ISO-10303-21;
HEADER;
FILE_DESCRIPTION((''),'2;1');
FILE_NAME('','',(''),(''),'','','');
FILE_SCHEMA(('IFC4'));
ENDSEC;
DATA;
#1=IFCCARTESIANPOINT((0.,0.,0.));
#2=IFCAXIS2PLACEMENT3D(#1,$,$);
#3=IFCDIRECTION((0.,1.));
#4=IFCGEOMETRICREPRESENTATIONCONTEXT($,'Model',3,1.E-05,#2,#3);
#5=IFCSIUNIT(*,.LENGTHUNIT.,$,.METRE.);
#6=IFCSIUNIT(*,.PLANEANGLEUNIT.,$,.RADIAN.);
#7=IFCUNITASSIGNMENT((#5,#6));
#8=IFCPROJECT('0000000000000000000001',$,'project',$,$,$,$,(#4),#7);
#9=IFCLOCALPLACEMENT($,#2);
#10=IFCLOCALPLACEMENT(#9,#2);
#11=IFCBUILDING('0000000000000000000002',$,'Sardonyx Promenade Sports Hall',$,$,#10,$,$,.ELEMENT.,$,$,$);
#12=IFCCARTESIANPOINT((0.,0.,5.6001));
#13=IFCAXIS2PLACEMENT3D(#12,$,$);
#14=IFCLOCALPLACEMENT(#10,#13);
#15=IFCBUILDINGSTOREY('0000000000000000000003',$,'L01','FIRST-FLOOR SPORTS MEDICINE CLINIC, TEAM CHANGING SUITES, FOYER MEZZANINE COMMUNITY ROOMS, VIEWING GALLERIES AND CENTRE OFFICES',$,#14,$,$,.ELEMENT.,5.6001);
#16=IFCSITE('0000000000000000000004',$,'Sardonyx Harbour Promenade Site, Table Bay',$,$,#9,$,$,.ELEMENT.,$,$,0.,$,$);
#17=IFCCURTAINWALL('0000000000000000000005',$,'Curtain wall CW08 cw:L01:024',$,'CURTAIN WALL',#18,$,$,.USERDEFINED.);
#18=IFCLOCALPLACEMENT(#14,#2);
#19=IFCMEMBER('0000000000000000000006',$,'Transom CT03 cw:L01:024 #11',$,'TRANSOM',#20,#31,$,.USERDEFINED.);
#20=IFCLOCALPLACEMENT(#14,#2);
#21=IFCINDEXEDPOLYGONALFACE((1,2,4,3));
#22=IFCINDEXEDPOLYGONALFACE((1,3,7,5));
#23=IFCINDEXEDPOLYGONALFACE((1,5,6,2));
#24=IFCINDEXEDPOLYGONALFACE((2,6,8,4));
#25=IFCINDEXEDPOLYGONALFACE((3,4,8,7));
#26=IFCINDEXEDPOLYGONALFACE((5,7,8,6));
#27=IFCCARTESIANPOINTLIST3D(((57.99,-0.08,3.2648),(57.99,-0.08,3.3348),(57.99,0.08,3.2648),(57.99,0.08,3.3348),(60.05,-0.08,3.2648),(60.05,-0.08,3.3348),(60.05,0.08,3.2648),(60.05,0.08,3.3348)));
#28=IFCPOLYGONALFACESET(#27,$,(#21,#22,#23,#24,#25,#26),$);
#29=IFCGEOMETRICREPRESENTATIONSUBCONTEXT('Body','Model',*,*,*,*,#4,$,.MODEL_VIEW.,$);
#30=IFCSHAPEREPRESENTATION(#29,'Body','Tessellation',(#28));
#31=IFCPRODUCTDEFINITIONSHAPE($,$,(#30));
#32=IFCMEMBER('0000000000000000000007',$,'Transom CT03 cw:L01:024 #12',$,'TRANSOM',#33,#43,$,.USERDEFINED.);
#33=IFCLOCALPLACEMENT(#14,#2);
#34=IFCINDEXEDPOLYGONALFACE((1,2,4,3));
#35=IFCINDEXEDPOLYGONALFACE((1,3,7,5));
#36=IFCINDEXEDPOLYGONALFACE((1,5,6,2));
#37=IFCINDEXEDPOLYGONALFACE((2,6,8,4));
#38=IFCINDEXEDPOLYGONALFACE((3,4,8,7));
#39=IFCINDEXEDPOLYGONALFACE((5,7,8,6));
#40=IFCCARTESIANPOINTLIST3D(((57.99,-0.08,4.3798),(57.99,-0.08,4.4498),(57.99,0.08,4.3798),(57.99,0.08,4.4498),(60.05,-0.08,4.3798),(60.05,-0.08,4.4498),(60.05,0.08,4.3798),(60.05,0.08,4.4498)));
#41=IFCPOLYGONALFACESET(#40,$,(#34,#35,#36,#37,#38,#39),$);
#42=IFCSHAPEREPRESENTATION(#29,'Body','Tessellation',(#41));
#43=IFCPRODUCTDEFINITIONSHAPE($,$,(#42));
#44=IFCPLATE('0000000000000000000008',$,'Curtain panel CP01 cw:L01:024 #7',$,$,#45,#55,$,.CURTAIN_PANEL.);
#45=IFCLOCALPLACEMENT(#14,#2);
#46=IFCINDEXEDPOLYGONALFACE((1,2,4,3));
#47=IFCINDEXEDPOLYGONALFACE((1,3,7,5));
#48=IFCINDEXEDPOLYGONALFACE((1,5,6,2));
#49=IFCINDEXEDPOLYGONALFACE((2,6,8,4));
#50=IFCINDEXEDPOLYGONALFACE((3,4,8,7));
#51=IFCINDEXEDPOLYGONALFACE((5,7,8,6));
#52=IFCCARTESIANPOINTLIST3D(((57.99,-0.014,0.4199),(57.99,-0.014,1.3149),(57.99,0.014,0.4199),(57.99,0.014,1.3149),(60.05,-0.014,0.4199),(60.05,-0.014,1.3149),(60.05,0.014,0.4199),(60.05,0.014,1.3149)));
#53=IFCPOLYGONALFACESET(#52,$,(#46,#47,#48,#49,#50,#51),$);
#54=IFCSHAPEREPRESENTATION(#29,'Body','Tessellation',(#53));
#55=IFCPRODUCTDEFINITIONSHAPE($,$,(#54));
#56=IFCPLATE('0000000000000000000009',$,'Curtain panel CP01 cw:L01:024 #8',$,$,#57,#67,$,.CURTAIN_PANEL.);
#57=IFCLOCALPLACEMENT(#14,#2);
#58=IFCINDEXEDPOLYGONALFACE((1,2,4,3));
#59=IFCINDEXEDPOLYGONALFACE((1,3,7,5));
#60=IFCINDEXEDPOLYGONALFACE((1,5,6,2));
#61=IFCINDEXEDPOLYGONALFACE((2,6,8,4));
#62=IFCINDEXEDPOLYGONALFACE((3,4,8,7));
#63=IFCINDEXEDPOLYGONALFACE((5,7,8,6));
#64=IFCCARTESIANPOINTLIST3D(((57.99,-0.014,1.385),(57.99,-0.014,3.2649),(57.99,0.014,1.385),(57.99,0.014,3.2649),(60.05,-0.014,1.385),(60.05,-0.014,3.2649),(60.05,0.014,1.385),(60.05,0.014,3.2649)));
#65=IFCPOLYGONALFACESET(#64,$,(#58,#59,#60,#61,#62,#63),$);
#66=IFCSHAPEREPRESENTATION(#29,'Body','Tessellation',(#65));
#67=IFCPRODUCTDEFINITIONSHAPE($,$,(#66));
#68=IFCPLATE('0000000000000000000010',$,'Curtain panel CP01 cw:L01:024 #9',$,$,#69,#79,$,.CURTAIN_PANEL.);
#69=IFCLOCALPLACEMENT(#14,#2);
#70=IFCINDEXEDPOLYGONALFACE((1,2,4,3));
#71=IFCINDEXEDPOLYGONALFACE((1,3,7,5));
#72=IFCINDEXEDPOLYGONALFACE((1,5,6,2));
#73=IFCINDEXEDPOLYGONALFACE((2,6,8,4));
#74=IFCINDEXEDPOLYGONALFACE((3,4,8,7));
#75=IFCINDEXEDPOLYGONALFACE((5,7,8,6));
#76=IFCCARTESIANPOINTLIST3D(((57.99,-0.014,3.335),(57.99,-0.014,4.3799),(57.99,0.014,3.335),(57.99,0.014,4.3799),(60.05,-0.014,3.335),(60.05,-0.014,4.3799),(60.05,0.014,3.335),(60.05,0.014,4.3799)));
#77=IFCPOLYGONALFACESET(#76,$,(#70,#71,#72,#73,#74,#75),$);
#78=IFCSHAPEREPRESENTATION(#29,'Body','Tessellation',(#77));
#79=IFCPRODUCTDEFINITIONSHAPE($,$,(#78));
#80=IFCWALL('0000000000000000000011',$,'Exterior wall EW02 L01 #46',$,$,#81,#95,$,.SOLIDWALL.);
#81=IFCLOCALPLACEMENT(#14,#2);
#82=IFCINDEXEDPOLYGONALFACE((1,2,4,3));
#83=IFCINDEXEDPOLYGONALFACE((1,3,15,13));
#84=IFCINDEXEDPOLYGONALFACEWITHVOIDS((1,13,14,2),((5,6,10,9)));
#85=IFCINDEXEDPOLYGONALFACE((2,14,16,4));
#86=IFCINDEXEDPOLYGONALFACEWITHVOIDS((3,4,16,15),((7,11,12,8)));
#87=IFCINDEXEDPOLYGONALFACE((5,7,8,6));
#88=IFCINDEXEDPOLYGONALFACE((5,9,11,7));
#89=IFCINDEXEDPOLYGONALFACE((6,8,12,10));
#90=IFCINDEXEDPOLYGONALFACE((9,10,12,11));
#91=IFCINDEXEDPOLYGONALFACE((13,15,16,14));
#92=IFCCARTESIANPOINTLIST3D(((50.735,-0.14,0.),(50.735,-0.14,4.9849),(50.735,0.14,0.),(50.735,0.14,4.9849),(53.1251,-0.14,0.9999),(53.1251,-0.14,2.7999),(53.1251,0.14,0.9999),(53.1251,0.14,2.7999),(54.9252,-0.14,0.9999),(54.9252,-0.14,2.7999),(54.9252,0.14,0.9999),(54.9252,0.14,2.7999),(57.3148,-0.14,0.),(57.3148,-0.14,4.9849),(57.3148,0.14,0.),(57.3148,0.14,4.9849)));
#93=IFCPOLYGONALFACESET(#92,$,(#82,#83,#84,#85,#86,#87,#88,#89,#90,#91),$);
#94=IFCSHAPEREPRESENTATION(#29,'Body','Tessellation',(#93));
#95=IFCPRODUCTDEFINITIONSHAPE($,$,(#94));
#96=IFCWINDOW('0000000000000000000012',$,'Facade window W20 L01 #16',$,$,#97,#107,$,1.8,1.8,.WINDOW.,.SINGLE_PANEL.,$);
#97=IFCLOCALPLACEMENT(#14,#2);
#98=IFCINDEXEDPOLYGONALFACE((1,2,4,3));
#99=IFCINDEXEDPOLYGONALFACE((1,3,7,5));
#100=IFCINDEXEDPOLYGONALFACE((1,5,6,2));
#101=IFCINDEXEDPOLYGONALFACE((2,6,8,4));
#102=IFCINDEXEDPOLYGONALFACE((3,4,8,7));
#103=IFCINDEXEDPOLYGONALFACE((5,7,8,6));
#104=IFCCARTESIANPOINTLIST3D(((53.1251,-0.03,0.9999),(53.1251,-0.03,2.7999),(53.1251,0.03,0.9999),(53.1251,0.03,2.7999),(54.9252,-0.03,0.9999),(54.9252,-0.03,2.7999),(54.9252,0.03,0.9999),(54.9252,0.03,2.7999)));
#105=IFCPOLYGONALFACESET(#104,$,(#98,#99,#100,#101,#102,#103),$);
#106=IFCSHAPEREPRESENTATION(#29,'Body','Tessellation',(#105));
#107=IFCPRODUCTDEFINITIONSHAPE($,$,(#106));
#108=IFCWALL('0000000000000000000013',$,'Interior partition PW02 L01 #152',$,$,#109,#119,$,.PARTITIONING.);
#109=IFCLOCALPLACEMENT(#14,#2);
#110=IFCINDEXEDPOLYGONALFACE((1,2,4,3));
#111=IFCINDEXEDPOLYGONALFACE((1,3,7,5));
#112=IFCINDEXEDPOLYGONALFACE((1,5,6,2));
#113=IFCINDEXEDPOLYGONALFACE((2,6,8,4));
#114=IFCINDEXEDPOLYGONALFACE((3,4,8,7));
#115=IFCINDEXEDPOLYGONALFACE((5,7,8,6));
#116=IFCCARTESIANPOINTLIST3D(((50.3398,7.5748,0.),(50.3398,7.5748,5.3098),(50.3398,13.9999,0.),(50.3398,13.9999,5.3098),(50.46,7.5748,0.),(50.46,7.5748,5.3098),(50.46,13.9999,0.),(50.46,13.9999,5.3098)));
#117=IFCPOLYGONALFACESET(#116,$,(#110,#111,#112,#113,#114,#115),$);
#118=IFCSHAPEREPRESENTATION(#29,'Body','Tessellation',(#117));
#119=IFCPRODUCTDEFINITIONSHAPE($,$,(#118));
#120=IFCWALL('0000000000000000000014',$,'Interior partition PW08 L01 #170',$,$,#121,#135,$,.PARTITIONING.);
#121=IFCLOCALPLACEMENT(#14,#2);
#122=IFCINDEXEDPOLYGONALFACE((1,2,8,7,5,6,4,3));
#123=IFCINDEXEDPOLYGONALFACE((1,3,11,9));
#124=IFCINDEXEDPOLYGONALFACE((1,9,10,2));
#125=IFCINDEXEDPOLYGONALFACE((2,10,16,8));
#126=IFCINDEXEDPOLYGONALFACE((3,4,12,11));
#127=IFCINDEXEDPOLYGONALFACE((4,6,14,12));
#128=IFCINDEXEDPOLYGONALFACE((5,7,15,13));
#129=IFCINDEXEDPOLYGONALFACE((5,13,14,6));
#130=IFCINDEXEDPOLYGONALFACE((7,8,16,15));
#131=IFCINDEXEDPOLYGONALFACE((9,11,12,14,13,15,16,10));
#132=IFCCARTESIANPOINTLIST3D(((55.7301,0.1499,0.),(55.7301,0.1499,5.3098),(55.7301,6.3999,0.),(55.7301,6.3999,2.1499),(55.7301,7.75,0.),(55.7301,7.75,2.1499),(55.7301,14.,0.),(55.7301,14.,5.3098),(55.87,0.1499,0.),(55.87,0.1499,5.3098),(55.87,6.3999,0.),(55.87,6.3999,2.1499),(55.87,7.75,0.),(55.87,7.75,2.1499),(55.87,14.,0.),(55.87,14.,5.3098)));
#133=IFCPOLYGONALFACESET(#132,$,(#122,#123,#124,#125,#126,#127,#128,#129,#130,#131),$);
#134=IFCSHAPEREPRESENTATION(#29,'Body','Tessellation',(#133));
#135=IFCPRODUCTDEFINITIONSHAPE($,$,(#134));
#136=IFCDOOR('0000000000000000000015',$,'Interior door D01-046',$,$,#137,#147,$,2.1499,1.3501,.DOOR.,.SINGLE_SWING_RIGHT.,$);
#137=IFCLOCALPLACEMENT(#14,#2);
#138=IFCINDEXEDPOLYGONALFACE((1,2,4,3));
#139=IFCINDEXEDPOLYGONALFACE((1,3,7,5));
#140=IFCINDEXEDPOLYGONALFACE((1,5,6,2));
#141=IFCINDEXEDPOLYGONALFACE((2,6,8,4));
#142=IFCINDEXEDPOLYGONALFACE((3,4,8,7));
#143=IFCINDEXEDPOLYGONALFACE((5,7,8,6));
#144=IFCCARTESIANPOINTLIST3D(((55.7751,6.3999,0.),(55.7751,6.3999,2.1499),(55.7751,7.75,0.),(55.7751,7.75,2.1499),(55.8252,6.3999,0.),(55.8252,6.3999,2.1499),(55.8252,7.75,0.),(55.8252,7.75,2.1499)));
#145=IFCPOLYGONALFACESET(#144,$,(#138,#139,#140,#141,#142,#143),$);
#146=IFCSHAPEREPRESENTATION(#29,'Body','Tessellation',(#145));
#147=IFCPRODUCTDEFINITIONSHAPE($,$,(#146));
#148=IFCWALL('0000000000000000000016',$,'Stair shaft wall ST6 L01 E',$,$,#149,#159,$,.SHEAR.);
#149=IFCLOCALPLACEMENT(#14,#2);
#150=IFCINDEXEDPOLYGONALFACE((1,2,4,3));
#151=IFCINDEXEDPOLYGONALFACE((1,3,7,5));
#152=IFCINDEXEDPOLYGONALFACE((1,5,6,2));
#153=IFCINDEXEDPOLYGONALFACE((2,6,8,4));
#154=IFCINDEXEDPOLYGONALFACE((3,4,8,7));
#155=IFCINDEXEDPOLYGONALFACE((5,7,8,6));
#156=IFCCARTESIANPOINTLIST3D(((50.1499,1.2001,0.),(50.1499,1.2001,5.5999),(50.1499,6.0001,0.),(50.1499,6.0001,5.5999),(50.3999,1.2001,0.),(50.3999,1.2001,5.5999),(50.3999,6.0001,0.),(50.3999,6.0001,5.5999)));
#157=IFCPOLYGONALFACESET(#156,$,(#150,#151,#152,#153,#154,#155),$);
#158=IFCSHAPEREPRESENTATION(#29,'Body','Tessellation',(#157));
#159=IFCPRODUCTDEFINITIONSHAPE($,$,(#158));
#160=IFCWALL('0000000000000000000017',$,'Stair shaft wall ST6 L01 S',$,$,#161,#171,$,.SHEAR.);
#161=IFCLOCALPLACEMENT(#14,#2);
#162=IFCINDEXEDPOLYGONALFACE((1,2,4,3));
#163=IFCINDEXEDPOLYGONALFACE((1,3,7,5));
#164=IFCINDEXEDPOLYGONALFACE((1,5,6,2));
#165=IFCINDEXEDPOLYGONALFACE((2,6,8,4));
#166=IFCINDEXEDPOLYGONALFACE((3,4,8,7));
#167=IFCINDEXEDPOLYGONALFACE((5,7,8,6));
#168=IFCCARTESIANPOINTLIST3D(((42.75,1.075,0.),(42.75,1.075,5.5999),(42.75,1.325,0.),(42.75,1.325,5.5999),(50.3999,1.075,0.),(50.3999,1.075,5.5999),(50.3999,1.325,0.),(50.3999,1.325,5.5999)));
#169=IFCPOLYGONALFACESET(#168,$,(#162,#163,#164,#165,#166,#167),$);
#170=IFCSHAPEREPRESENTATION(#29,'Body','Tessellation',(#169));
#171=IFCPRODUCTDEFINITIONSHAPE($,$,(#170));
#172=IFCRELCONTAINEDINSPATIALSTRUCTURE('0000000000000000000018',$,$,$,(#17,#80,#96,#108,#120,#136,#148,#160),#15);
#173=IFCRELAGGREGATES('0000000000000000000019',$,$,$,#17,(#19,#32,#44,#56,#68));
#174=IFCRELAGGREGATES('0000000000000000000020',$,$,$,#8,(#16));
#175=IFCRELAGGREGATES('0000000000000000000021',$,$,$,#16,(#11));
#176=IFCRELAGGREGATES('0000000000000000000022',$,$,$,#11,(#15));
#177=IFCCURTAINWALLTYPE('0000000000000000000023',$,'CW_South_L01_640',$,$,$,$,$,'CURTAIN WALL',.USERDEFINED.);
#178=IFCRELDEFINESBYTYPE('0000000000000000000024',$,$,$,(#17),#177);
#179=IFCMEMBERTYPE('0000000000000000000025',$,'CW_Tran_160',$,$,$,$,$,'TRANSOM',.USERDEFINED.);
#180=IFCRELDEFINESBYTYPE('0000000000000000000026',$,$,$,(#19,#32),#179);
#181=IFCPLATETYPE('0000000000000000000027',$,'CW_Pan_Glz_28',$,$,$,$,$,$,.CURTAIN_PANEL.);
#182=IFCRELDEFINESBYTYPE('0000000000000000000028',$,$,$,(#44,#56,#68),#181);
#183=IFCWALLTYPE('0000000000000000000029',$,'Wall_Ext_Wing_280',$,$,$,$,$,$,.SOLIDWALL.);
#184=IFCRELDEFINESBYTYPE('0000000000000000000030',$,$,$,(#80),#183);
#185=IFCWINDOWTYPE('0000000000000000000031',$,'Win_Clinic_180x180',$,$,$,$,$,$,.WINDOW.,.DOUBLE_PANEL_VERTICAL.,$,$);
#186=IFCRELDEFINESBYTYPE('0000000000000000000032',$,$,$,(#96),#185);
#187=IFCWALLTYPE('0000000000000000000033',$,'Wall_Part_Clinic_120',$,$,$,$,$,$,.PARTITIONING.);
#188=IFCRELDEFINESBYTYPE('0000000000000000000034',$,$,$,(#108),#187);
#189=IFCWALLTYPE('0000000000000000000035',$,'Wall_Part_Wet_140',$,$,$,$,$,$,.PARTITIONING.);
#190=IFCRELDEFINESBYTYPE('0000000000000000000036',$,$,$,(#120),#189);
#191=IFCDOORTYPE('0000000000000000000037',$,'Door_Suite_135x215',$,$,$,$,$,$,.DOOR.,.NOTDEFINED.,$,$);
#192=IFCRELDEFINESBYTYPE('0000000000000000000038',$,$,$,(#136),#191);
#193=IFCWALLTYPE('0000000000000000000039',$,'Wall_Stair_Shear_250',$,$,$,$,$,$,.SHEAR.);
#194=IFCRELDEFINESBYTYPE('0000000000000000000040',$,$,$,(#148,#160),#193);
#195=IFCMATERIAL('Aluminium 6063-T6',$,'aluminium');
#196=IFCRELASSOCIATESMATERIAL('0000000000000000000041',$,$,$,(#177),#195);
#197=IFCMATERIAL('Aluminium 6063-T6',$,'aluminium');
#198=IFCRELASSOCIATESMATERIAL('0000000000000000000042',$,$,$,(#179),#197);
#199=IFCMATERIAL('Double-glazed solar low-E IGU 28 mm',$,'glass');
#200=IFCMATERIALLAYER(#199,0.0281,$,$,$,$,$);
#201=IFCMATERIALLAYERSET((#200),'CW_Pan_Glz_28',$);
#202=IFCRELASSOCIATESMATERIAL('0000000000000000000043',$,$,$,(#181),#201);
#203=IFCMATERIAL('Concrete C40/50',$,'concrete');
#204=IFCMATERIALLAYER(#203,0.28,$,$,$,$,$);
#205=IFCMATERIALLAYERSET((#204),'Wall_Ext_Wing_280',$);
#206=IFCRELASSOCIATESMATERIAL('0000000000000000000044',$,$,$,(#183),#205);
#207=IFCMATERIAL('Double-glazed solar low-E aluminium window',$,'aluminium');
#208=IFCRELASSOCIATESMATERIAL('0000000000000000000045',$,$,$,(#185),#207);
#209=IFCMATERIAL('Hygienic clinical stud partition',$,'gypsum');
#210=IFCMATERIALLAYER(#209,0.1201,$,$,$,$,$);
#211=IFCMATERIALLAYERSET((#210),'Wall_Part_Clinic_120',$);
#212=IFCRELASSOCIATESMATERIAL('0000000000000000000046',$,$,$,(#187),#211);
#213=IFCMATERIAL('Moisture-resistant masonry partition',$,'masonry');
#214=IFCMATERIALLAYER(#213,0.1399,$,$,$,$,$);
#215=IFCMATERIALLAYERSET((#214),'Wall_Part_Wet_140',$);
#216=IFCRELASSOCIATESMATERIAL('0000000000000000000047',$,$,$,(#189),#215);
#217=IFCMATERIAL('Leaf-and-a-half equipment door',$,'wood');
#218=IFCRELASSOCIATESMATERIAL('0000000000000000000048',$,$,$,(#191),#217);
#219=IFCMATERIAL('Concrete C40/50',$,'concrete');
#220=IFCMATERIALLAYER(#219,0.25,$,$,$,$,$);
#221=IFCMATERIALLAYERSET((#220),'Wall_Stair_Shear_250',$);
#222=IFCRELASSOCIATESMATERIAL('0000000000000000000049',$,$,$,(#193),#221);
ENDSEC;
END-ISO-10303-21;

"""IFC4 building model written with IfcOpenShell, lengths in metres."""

from ifc_helpers import new_model, si_unit, direction, frame, frame_2d, origin, origin_2d, place, context, subcontext, project, spatial, rectangle, extrude, material, layer, layer_set, material_profile, profile_set, type_object, element, fill, aggregate, save


model = new_model("IFC4")

# Units and contexts
model_context = context("Model", 3, precision=1e-05, world=origin(), true_north=direction((0.0, 1.0)))
body_context = subcontext(model_context, "Body", "Model", "MODEL_VIEW")
ifc_project = project(units=[si_unit("LENGTHUNIT", "METRE"), si_unit("PLANEANGLEUNIT", "RADIAN")], contexts=[model_context])

# Site, building, storey
site_placement = place(None, origin())
site = spatial("IfcSite", under=ifc_project, at=site_placement, Name="Sardonyx Harbour Promenade Site, Table Bay", CompositionType="ELEMENT", RefElevation=0.0)
building_placement = place(site_placement, origin())
building = spatial("IfcBuilding", under=site, at=building_placement, Name="Sardonyx Promenade Sports Hall", CompositionType="ELEMENT")
storey_placement = place(building_placement, frame((0.0, 0.0, 5.6001)))
storey = spatial("IfcBuildingStorey", under=building, at=storey_placement, Name="L01", Description="FIRST-FLOOR SPORTS MEDICINE CLINIC, TEAM CHANGING SUITES, FOYER MEZZANINE COMMUNITY ROOMS, VIEWING GALLERIES AND CENTRE OFFICES", CompositionType="ELEMENT", Elevation=5.6001)

# Curtain wall, members, plates
ifc_material_1 = material(Name="Aluminium 6063-T6", Category="aluminium")
curtain_wall_type = type_object("IfcCurtainWallType", Name="CW_South_L01_640", ElementType="CURTAIN WALL", PredefinedType="USERDEFINED", material=ifc_material_1)
curtain_wall_placement = place(storey_placement, origin())
curtain_wall = element("IfcCurtainWall", 1, at=curtain_wall_placement, inside=storey, type_object=curtain_wall_type, Name="Curtain wall CW08 cw:L01:024", ObjectType="CURTAIN WALL", PredefinedType="USERDEFINED")
ifc_material_2 = material(Name="Aluminium 6063-T6", Category="aluminium")
ifc_material_profile_1 = material_profile(ifc_material_2, rectangle(XDim=0.0701, YDim=0.1599, at=origin_2d()))
ifc_profile_set_1 = profile_set([ifc_material_profile_1], Name="Aluminium 6063-T6")
member_type_1 = type_object("IfcMemberType", Name="CW_Tran_160", ElementType="TRANSOM", PredefinedType="USERDEFINED", material=ifc_profile_set_1)
member_1_placement = place(storey_placement, frame((60.05, 0.0, 3.2998), z_axis=(-1.0, 0.0, 0.0), x_axis=(0.0, 0.0, 1.0)))
member_1 = element("IfcMember", 2, at=member_1_placement, type_object=member_type_1, Name="Transom CT03 cw:L01:024 #11", ObjectType="TRANSOM", PredefinedType="USERDEFINED", context=body_context, shape_type="SweptSolid", body=[
    extrude(rectangle(XDim=0.0701, YDim=0.1599, at=origin_2d()), origin(), (0.0, 0.0, 1.0), 2.0601),
])
member_2_placement = place(storey_placement, frame((60.05, 0.0, 4.4148), z_axis=(-1.0, 0.0, 0.0), x_axis=(0.0, 0.0, 1.0)))
member_2 = element("IfcMember", 3, at=member_2_placement, type_object=member_type_1, Name="Transom CT03 cw:L01:024 #12", ObjectType="TRANSOM", PredefinedType="USERDEFINED", context=body_context, shape_type="SweptSolid", body=[
    extrude(rectangle(XDim=0.0701, YDim=0.1599, at=origin_2d()), origin(), (0.0, 0.0, 1.0), 2.0601),
])
ifc_material_3 = material(Name="Double-glazed solar low-E IGU 28 mm", Category="glass")
ifc_layer_1 = layer(ifc_material_3, 0.0281)
ifc_layer_set_1 = layer_set([ifc_layer_1], Name="CW_Pan_Glz_28")
plate_type = type_object("IfcPlateType", Name="CW_Pan_Glz_28", PredefinedType="CURTAIN_PANEL", material=ifc_layer_set_1)
plate_1_placement = place(storey_placement, frame((59.02, 0.0, 0.4199), z_axis=(0.0, 0.0, 1.0), x_axis=(-1.0, 0.0, 0.0)))
plate_1 = element("IfcPlate", 4, at=plate_1_placement, type_object=plate_type, Name="Curtain panel CP01 cw:L01:024 #7", PredefinedType="CURTAIN_PANEL", context=body_context, shape_type="SweptSolid", body=[
    extrude(rectangle(XDim=2.0601, YDim=0.0281, at=origin_2d()), origin(), (0.0, 0.0, 1.0), 0.895),
])
plate_2_placement = place(storey_placement, frame((59.02, 0.0, 1.385), z_axis=(0.0, 0.0, 1.0), x_axis=(-1.0, 0.0, 0.0)))
plate_2 = element("IfcPlate", 5, at=plate_2_placement, type_object=plate_type, Name="Curtain panel CP01 cw:L01:024 #8", PredefinedType="CURTAIN_PANEL", context=body_context, shape_type="SweptSolid", body=[
    extrude(rectangle(XDim=2.0601, YDim=0.0281, at=origin_2d()), origin(), (0.0, 0.0, 1.0), 1.8799),
])
plate_3_placement = place(storey_placement, frame((59.02, 0.0, 3.335), z_axis=(0.0, 0.0, 1.0), x_axis=(-1.0, 0.0, 0.0)))
plate_3 = element("IfcPlate", 6, at=plate_3_placement, type_object=plate_type, Name="Curtain panel CP01 cw:L01:024 #9", PredefinedType="CURTAIN_PANEL", context=body_context, shape_type="SweptSolid", body=[
    extrude(rectangle(XDim=2.0601, YDim=0.0281, at=origin_2d()), origin(), (0.0, 0.0, 1.0), 1.0449),
])
aggregate(curtain_wall, [member_1, member_2, plate_1, plate_2, plate_3])

# Wall, opening, window
ifc_material_4 = material(Name="Concrete C40/50", Category="concrete")
ifc_layer_2 = layer(ifc_material_4, 0.28)
ifc_layer_set_2 = layer_set([ifc_layer_2], Name="Wall_Ext_Wing_280")
wall_type_1 = type_object("IfcWallType", Name="Wall_Ext_Wing_280", PredefinedType="SOLIDWALL", material=ifc_layer_set_2)
wall_1_placement = place(storey_placement, frame((57.3149, 0.0, 0.0), z_axis=(0.0, 0.0, 1.0), x_axis=(-1.0, 0.0, 0.0)))
wall_1 = element("IfcWall", 7, at=wall_1_placement, inside=storey, type_object=wall_type_1, Name="Exterior wall EW02 L01 #46", PredefinedType="SOLIDWALL", context=body_context, shape_type="SweptSolid", body=[
    extrude(rectangle(XDim=6.5798, YDim=0.28, at=frame_2d((3.29, 0.0))), origin(), (0.0, 0.0, 1.0), 4.9849),
])
opening_1_placement = place(wall_1_placement, frame((2.3899, 0.0, 1.0)))
opening_1 = element("IfcOpeningElement", 8, at=opening_1_placement, cuts=wall_1, PredefinedType="OPENING", context=body_context, shape_type="SweptSolid", body=[
    extrude(rectangle(XDim=1.8, YDim=1.8, at=frame_2d((0.8999, 0.8999))), frame((0.0, 0.15, 0.0), z_axis=(0.0, -1.0, 0.0), x_axis=(1.0, 0.0, 0.0)), (0.0, 0.0, 1.0), 0.3),
])
ifc_material_5 = material(Name="Double-glazed solar low-E aluminium window", Category="aluminium")
window_type = type_object("IfcWindowType", Name="Win_Clinic_180x180", PartitioningType="DOUBLE_PANEL_VERTICAL", PredefinedType="WINDOW", material=ifc_material_5)
window_placement = place(opening_1_placement, origin())
window = element("IfcWindow", 9, at=window_placement, inside=storey, type_object=window_type, Name="Facade window W20 L01 #16", OverallHeight=1.8, OverallWidth=1.8, PartitioningType="SINGLE_PANEL", PredefinedType="WINDOW", context=body_context, shape_type="SweptSolid", body=[
    extrude(rectangle(XDim=1.8, YDim=1.8, at=frame_2d((0.8999, 0.8999))), frame((0.0, 0.03, 0.0), z_axis=(0.0, -1.0, 0.0), x_axis=(1.0, 0.0, 0.0)), (0.0, 0.0, 1.0), 0.0601),
])
fill(opening_1, window)

# Wall
ifc_material_6 = material(Name="Hygienic clinical stud partition", Category="gypsum")
ifc_layer_3 = layer(ifc_material_6, 0.1201)
ifc_layer_set_3 = layer_set([ifc_layer_3], Name="Wall_Part_Clinic_120")
wall_type_2 = type_object("IfcWallType", Name="Wall_Part_Clinic_120", PredefinedType="PARTITIONING", material=ifc_layer_set_3)
wall_2_placement = place(storey_placement, frame((50.3999, 7.575, 0.0), z_axis=(0.0, 0.0, 1.0), x_axis=(0.0, 1.0, 0.0)))
element("IfcWall", 10, at=wall_2_placement, inside=storey, type_object=wall_type_2, Name="Interior partition PW02 L01 #152", PredefinedType="PARTITIONING", context=body_context, shape_type="SweptSolid", body=[
    extrude(rectangle(XDim=6.425, YDim=0.1201, at=frame_2d((3.2124, 0.0))), origin(), (0.0, 0.0, 1.0), 5.3098),
])

# Wall, opening, door
ifc_material_7 = material(Name="Moisture-resistant masonry partition", Category="masonry")
ifc_layer_4 = layer(ifc_material_7, 0.1399)
ifc_layer_set_4 = layer_set([ifc_layer_4], Name="Wall_Part_Wet_140")
wall_type_3 = type_object("IfcWallType", Name="Wall_Part_Wet_140", PredefinedType="PARTITIONING", material=ifc_layer_set_4)
wall_3_placement = place(storey_placement, frame((55.8, 0.1499, 0.0), z_axis=(0.0, 0.0, 1.0), x_axis=(0.0, 1.0, 0.0)))
wall_3 = element("IfcWall", 11, at=wall_3_placement, inside=storey, type_object=wall_type_3, Name="Interior partition PW08 L01 #170", PredefinedType="PARTITIONING", context=body_context, shape_type="SweptSolid", body=[
    extrude(rectangle(XDim=13.8501, YDim=0.1399, at=frame_2d((6.925, 0.0))), origin(), (0.0, 0.0, 1.0), 5.3098),
])
opening_2_placement = place(wall_3_placement, frame((6.25, 0.0, 0.0)))
opening_2 = element("IfcOpeningElement", 12, at=opening_2_placement, cuts=wall_3, PredefinedType="OPENING", context=body_context, shape_type="SweptSolid", body=[
    extrude(rectangle(XDim=1.3501, YDim=2.1499, at=frame_2d((0.675, 1.075))), frame((0.0, 0.08, 0.0), z_axis=(0.0, -1.0, 0.0), x_axis=(1.0, 0.0, 0.0)), (0.0, 0.0, 1.0), 0.16),
])
ifc_material_8 = material(Name="Leaf-and-a-half equipment door", Category="wood")
door_type = type_object("IfcDoorType", Name="Door_Suite_135x215", OperationType="NOTDEFINED", PredefinedType="DOOR", material=ifc_material_8)
door_placement = place(opening_2_placement, origin())
door = element("IfcDoor", 13, at=door_placement, inside=storey, type_object=door_type, Name="Interior door D01-046", OperationType="SINGLE_SWING_RIGHT", OverallHeight=2.1499, OverallWidth=1.3501, PredefinedType="DOOR", context=body_context, shape_type="SweptSolid", body=[
    extrude(rectangle(XDim=1.3501, YDim=2.1499, at=frame_2d((0.675, 1.075))), frame((0.0, 0.0249, 0.0), z_axis=(0.0, -1.0, 0.0), x_axis=(1.0, 0.0, 0.0)), (0.0, 0.0, 1.0), 0.05),
])
fill(opening_2, door)

# Walls
ifc_material_9 = material(Name="Concrete C40/50", Category="concrete")
ifc_layer_5 = layer(ifc_material_9, 0.25)
ifc_layer_set_5 = layer_set([ifc_layer_5], Name="Wall_Stair_Shear_250")
wall_type_4 = type_object("IfcWallType", Name="Wall_Stair_Shear_250", PredefinedType="SHEAR", material=ifc_layer_set_5)
wall_4_placement = place(storey_placement, frame((50.2749, 6.0, 0.0), z_axis=(0.0, 0.0, 1.0), x_axis=(0.0, -1.0, 0.0)))
element("IfcWall", 14, at=wall_4_placement, inside=storey, type_object=wall_type_4, Name="Stair shaft wall ST6 L01 E", PredefinedType="SHEAR", context=body_context, shape_type="SweptSolid", body=[
    extrude(rectangle(XDim=4.8, YDim=0.25, at=frame_2d((2.3999, 0.0))), origin(), (0.0, 0.0, 1.0), 5.5999),
])
wall_5_placement = place(storey_placement, frame((50.3999, 1.2, 0.0), z_axis=(0.0, 0.0, 1.0), x_axis=(-1.0, 0.0, 0.0)))
element("IfcWall", 15, at=wall_5_placement, inside=storey, type_object=wall_type_4, Name="Stair shaft wall ST6 L01 S", PredefinedType="SHEAR", context=body_context, shape_type="SweptSolid", body=[
    extrude(rectangle(XDim=7.6499, YDim=0.25, at=frame_2d((3.825, 0.0))), origin(), (0.0, 0.0, 1.0), 5.5999),
])

save(model, "model.ifc")
